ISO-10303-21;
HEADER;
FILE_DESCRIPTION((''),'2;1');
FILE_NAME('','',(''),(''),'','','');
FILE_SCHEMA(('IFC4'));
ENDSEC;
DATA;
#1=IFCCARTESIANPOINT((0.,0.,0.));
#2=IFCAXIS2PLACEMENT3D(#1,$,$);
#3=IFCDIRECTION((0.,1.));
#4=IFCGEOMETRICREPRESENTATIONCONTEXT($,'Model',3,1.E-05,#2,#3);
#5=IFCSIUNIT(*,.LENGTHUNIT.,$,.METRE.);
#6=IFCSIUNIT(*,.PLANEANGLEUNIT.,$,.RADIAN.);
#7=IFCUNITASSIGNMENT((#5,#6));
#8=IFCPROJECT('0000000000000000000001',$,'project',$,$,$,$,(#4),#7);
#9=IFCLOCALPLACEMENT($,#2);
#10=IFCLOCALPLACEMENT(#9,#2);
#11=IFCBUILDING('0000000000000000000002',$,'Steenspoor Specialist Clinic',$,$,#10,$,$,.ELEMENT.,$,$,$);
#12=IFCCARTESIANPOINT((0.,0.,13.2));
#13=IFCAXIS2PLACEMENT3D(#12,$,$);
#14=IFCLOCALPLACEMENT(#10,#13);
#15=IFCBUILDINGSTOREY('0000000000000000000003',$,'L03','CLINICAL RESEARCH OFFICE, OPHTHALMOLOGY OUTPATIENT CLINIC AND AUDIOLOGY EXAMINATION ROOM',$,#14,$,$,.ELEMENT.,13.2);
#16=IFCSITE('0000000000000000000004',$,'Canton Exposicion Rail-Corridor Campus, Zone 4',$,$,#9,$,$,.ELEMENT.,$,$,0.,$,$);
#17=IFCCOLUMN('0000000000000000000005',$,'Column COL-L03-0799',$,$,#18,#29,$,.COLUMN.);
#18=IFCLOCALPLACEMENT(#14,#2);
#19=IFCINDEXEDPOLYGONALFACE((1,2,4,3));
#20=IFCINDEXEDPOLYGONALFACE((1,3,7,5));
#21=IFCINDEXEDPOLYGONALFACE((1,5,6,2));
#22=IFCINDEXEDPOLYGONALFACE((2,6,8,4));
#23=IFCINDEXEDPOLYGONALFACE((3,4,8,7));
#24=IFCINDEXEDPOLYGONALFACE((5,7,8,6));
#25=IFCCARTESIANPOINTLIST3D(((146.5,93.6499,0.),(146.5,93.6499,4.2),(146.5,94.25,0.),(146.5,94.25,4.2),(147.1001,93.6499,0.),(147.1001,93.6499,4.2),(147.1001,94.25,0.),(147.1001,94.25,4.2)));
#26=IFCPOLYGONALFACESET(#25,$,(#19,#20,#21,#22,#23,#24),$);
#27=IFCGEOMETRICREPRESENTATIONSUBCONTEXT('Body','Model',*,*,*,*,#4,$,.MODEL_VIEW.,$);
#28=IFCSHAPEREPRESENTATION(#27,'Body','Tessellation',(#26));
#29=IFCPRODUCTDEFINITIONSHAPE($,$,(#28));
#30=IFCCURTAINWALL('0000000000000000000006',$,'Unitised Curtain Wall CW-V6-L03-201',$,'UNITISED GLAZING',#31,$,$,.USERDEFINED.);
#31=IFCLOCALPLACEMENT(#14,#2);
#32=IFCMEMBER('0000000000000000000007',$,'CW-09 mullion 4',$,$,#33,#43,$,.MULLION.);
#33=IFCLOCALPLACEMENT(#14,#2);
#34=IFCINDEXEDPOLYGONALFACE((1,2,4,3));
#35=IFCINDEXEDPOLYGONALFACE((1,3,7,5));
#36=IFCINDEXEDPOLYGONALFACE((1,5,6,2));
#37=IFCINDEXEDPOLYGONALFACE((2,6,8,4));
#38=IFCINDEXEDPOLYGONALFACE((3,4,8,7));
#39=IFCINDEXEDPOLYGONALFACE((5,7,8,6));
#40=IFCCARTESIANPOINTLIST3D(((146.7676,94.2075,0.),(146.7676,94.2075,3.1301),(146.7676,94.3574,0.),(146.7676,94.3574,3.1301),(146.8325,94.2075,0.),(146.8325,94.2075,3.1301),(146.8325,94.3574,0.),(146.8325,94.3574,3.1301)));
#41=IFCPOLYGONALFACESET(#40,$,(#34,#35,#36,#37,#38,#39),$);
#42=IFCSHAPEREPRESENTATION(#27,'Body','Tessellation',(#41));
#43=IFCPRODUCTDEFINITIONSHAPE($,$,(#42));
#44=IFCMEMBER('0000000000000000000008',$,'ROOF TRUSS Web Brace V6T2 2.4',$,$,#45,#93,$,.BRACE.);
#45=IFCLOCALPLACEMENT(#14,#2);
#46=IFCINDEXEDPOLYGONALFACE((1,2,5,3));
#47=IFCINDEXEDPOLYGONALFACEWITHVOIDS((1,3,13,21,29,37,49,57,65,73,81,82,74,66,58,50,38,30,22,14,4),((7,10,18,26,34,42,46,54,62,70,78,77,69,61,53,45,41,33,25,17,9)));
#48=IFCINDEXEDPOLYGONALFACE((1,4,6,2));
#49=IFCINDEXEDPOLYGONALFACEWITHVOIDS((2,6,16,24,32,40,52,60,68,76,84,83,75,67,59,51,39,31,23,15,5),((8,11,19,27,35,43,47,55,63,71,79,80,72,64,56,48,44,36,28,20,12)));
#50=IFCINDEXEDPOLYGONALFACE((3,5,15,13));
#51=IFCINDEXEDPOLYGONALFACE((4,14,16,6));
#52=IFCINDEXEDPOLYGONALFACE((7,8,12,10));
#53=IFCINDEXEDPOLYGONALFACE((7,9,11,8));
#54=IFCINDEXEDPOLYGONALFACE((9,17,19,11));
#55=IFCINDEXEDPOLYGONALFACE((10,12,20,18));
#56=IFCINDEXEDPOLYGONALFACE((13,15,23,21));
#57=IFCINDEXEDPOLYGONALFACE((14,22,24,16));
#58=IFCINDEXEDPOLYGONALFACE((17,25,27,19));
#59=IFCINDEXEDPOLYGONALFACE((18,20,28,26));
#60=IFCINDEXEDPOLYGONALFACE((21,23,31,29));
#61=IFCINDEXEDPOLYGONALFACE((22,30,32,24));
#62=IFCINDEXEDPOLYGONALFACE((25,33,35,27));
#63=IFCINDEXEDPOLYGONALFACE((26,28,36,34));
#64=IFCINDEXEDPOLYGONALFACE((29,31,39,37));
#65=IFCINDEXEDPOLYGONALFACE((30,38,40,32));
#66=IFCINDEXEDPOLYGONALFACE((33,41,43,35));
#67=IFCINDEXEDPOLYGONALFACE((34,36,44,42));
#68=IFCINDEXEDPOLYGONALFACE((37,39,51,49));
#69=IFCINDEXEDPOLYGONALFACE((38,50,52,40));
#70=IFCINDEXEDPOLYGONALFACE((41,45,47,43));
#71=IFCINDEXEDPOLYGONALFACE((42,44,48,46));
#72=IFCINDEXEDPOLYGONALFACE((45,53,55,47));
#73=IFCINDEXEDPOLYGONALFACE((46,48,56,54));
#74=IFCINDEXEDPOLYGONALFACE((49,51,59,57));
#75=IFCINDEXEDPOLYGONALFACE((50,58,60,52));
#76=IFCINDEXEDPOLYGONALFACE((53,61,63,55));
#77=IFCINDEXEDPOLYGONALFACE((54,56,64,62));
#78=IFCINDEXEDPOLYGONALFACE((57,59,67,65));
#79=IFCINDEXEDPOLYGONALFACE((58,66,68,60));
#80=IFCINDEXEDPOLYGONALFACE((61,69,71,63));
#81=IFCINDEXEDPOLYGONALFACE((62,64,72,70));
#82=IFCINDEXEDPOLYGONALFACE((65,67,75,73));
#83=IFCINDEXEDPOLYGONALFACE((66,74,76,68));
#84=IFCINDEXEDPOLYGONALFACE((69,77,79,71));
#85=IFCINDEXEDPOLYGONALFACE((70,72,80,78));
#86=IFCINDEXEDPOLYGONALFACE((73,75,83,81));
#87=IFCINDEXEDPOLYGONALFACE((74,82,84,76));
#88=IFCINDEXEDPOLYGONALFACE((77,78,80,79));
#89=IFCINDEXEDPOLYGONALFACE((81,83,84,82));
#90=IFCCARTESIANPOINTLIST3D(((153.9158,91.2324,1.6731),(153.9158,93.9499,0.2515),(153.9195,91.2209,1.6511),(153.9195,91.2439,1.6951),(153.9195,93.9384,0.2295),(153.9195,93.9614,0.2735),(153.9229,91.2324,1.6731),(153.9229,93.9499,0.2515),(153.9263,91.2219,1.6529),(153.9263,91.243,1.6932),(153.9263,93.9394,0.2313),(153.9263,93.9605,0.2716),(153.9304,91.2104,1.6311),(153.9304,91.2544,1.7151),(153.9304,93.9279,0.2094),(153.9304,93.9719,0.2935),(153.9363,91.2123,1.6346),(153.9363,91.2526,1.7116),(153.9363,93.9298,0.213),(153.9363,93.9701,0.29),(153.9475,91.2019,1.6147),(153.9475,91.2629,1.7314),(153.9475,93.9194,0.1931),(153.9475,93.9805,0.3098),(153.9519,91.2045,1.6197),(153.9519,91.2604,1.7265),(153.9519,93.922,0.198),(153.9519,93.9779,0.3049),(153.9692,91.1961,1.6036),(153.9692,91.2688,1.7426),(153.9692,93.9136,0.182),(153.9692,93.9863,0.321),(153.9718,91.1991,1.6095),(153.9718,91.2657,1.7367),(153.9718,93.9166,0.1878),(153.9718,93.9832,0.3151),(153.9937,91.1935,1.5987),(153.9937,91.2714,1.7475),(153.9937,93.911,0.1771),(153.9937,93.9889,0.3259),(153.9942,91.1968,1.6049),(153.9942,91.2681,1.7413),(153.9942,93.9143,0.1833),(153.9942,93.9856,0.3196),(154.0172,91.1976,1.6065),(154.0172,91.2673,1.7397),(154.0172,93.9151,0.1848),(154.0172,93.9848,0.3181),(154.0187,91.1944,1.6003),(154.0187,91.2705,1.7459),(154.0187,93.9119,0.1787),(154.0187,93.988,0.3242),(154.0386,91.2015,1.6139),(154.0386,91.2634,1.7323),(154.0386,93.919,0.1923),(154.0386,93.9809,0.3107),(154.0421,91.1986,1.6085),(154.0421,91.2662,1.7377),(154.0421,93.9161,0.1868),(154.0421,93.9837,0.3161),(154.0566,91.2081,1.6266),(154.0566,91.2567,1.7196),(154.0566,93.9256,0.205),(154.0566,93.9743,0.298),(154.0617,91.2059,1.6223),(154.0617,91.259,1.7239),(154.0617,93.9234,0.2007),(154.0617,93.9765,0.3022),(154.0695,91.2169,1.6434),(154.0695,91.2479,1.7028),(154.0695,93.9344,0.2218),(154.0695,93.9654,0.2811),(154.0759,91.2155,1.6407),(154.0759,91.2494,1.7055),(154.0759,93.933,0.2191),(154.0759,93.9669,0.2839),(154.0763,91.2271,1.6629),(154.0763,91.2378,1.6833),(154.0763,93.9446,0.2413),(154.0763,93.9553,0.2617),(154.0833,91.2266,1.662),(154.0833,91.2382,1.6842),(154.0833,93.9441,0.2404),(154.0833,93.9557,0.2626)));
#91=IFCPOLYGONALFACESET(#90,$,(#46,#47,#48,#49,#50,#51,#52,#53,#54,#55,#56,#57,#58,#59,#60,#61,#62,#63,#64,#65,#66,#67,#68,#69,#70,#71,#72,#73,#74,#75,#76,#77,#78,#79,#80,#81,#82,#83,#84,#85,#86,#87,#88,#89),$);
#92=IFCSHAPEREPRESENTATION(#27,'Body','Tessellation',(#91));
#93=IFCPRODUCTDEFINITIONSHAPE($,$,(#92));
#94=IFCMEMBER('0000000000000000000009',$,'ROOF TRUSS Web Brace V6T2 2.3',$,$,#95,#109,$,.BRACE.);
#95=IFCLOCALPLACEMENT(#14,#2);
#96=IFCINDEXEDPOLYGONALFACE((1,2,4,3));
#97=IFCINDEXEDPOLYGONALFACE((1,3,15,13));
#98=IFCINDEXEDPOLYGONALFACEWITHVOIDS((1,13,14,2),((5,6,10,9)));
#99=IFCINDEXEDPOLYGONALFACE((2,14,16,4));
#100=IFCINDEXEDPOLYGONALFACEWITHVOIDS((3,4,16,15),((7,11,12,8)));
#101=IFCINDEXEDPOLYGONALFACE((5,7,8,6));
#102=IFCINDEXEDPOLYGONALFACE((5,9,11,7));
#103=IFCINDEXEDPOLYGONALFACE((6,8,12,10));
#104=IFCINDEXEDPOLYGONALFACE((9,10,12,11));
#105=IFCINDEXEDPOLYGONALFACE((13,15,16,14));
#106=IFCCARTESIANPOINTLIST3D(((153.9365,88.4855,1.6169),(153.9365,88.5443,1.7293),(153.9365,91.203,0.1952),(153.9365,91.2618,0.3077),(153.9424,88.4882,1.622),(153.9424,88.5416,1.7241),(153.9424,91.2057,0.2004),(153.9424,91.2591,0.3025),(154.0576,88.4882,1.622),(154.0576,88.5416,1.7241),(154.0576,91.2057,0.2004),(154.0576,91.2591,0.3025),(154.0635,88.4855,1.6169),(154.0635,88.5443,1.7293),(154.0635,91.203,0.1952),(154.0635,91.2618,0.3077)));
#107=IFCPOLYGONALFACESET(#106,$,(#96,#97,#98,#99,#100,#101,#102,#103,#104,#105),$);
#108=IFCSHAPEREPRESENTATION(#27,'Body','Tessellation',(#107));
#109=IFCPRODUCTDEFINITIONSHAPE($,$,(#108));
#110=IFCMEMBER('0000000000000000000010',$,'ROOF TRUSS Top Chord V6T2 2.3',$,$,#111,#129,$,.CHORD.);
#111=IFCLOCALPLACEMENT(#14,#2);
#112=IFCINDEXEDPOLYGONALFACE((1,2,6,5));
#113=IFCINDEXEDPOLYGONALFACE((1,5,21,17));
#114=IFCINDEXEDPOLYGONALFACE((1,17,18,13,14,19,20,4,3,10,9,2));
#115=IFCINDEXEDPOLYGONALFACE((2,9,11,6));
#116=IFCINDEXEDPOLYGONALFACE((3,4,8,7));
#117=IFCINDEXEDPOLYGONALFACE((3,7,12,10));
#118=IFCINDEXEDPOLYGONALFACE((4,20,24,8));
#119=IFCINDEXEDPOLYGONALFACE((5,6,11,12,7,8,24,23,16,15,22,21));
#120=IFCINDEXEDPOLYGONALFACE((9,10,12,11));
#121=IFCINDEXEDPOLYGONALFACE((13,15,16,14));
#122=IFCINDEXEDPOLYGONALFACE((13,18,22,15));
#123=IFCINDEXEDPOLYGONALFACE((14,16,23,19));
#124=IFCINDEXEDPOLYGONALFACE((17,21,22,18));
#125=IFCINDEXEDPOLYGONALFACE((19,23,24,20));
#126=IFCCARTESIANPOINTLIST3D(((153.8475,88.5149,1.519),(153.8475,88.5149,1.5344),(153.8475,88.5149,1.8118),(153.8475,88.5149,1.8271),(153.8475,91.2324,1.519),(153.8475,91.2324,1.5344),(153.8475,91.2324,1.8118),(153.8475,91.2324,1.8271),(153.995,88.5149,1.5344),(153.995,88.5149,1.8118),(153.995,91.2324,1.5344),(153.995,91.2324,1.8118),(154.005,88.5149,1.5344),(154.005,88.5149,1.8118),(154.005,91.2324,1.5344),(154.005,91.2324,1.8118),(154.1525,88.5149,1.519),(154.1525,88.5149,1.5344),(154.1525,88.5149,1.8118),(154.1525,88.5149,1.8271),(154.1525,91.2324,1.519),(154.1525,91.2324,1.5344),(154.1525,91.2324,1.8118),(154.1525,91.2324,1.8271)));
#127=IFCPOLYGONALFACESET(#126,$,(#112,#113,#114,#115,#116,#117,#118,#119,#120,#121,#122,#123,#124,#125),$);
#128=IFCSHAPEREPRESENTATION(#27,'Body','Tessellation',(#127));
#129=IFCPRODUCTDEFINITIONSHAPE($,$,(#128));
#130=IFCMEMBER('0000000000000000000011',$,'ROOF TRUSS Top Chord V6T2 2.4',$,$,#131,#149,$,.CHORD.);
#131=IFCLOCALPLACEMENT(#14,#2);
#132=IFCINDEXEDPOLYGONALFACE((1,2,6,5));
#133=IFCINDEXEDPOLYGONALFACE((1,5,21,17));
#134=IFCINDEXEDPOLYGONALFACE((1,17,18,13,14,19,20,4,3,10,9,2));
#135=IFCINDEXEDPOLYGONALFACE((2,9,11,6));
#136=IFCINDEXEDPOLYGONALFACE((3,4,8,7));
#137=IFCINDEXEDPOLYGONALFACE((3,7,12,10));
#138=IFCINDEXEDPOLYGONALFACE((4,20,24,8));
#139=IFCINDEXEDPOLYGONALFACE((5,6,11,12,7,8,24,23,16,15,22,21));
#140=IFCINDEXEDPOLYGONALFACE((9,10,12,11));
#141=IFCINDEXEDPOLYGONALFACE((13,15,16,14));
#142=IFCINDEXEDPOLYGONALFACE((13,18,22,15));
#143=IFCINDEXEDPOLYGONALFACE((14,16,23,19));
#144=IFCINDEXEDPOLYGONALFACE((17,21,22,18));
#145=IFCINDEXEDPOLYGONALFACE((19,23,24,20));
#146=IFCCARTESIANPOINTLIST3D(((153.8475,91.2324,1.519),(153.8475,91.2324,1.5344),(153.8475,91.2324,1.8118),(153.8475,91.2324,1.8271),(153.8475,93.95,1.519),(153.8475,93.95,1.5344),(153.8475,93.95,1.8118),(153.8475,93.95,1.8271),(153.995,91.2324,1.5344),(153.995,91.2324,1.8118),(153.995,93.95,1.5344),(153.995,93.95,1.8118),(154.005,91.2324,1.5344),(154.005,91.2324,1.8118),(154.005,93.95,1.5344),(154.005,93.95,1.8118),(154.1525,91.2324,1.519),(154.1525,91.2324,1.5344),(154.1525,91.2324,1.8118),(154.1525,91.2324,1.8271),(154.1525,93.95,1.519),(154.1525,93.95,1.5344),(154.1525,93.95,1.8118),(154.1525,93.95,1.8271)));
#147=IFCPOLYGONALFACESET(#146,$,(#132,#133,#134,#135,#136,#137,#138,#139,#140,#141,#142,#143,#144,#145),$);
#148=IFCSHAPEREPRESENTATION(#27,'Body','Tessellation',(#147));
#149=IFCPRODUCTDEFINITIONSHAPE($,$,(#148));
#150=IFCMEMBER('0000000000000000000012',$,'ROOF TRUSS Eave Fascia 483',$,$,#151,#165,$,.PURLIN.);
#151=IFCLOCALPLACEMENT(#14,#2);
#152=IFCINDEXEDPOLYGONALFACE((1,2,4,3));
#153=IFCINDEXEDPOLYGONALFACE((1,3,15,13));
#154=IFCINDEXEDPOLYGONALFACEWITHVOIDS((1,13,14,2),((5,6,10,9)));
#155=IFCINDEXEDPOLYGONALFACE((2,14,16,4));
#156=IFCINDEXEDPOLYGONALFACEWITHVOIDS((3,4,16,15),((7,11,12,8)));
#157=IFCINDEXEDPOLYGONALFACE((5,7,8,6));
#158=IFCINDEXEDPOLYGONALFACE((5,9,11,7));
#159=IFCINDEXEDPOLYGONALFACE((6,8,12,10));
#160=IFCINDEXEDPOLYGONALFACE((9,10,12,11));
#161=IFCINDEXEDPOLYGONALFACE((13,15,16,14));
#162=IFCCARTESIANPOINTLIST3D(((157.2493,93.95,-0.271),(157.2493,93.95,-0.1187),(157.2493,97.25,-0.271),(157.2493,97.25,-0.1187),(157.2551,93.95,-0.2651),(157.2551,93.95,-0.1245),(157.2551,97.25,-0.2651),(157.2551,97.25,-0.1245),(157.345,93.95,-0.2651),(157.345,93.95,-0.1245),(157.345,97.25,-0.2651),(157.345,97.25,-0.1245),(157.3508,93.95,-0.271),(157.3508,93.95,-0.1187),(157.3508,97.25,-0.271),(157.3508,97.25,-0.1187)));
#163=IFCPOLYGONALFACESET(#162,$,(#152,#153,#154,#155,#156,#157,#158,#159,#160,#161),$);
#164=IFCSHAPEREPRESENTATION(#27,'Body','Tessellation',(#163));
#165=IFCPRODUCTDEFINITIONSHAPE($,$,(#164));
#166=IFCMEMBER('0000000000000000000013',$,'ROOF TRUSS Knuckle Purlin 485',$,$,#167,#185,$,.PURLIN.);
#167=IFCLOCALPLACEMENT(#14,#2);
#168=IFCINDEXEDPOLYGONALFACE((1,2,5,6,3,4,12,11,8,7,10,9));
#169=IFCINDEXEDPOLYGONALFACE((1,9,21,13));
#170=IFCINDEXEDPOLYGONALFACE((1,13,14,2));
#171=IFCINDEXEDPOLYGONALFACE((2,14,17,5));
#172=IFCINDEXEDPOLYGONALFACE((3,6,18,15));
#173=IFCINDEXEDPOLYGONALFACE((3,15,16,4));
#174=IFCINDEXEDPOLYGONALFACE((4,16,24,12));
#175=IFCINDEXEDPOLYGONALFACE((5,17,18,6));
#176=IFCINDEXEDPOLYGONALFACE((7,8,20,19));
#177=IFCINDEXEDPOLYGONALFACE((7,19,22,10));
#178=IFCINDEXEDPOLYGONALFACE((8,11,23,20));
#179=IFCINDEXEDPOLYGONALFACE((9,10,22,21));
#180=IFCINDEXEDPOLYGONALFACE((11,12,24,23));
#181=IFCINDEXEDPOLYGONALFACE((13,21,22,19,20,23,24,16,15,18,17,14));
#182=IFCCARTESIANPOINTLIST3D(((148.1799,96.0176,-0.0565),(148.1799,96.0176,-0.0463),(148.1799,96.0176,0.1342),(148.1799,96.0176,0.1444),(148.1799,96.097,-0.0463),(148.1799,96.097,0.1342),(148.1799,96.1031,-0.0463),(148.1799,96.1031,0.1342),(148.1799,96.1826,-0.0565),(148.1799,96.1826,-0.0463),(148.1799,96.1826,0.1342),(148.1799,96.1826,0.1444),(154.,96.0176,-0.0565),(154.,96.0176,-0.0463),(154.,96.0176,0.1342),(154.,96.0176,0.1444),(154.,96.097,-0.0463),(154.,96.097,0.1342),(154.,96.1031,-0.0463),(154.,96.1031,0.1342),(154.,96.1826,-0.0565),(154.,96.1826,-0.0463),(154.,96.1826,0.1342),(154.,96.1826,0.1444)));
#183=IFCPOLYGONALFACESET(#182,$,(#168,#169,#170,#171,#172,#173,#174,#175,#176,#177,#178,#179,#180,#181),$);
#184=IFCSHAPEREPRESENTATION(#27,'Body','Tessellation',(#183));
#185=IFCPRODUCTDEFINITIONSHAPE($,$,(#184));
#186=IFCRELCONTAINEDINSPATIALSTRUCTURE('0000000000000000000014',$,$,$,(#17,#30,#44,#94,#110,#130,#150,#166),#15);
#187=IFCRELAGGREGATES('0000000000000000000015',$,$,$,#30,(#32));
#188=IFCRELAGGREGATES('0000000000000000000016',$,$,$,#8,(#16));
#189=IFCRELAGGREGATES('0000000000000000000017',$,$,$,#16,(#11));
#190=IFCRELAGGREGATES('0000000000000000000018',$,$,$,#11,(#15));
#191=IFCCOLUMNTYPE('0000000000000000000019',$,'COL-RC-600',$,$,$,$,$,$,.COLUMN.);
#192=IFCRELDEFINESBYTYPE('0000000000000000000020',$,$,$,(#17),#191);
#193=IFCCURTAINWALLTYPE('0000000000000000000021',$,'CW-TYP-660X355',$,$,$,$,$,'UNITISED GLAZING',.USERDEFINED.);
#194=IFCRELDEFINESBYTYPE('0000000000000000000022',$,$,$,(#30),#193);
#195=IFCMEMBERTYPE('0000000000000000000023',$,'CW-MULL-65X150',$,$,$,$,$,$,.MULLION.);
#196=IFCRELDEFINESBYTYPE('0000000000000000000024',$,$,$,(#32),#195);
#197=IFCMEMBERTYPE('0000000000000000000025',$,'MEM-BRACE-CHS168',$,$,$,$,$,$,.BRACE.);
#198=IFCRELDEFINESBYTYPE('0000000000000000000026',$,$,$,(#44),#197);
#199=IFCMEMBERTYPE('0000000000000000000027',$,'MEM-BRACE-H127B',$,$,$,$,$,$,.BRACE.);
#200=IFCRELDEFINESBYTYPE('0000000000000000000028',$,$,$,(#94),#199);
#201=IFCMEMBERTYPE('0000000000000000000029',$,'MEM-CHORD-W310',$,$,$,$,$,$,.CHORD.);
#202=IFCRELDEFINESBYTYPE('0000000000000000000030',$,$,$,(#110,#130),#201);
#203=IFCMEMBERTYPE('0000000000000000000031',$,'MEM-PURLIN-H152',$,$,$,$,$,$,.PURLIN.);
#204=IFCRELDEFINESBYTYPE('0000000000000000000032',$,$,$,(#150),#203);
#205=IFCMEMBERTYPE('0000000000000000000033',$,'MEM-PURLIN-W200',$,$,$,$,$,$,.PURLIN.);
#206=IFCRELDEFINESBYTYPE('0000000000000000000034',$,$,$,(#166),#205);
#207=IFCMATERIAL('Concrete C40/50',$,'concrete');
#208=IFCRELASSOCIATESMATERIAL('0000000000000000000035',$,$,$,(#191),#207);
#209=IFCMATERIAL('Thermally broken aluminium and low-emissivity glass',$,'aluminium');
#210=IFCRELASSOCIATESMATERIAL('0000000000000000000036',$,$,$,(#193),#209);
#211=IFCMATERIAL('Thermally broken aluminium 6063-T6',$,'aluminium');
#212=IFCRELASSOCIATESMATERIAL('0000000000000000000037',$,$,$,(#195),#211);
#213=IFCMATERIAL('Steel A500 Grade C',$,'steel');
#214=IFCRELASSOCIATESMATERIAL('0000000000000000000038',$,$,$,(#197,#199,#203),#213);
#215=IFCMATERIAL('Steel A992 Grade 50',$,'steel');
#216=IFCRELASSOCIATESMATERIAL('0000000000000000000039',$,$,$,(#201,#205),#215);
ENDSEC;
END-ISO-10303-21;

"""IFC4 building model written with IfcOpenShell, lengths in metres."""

from ifc_helpers import new_model, si_unit, direction, frame, origin, origin_2d, place, context, subcontext, project, spatial, rectangle, hollow_rectangle, hollow_circle, i_section, extrude, material, material_profile, profile_set, type_object, element, aggregate, save


model = new_model("IFC4")

# Units and contexts
model_context = context("Model", 3, precision=1e-05, world=origin(), true_north=direction((0.0, 1.0)))
body_context = subcontext(model_context, "Body", "Model", "MODEL_VIEW")
ifc_project = project(units=[si_unit("LENGTHUNIT", "METRE"), si_unit("PLANEANGLEUNIT", "RADIAN")], contexts=[model_context])

# Site, building, storey
site_placement = place(None, origin())
site = spatial("IfcSite", under=ifc_project, at=site_placement, Name="Canton Exposicion Rail-Corridor Campus, Zone 4", CompositionType="ELEMENT", RefElevation=0.0)
building_placement = place(site_placement, origin())
building = spatial("IfcBuilding", under=site, at=building_placement, Name="Steenspoor Specialist Clinic", CompositionType="ELEMENT")
storey_placement = place(building_placement, frame((0.0, 0.0, 13.2)))
storey = spatial("IfcBuildingStorey", under=building, at=storey_placement, Name="L03", Description="CLINICAL RESEARCH OFFICE, OPHTHALMOLOGY OUTPATIENT CLINIC AND AUDIOLOGY EXAMINATION ROOM", CompositionType="ELEMENT", Elevation=13.2)

# Column
ifc_material_1 = material(Name="Concrete C40/50", Category="concrete")
ifc_material_profile_1 = material_profile(ifc_material_1, rectangle(XDim=0.6001, YDim=0.6001, at=origin_2d()), Name="RC-COL-600X600")
ifc_profile_set_1 = profile_set([ifc_material_profile_1], Name="Concrete C40/50")
column_type = type_object("IfcColumnType", Name="COL-RC-600", PredefinedType="COLUMN", material=ifc_profile_set_1)
column_placement = place(storey_placement, frame((146.8, 93.95, 0.0), z_axis=(0.0, 0.0, 1.0), x_axis=(1.0, 0.0, 0.0)))
element("IfcColumn", 1, at=column_placement, inside=storey, type_object=column_type, Name="Column COL-L03-0799", PredefinedType="COLUMN", context=body_context, shape_type="SweptSolid", body=[
    extrude(rectangle(XDim=0.6001, YDim=0.6001, at=origin_2d()), origin(), (0.0, 0.0, 1.0), 4.2),
])

# Curtain wall, member
ifc_material_2 = material(Name="Thermally broken aluminium and low-emissivity glass", Category="aluminium")
curtain_wall_type = type_object("IfcCurtainWallType", Name="CW-TYP-660X355", ElementType="UNITISED GLAZING", PredefinedType="USERDEFINED", material=ifc_material_2)
curtain_wall_placement = place(storey_placement, origin())
curtain_wall = element("IfcCurtainWall", 2, at=curtain_wall_placement, inside=storey, type_object=curtain_wall_type, Name="Unitised Curtain Wall CW-V6-L03-201", ObjectType="UNITISED GLAZING", PredefinedType="USERDEFINED")
ifc_material_3 = material(Name="Thermally broken aluminium 6063-T6", Category="aluminium")
ifc_material_profile_2 = material_profile(ifc_material_3, rectangle(XDim=0.0649, YDim=0.1499, at=origin_2d()), Name="CWM-65X150")
ifc_profile_set_2 = profile_set([ifc_material_profile_2], Name="Thermally broken aluminium 6063-T6")
member_type_1 = type_object("IfcMemberType", Name="CW-MULL-65X150", PredefinedType="MULLION", material=ifc_profile_set_2)
member_1_placement = place(storey_placement, frame((146.8, 94.2825, 0.0), z_axis=(0.0, 0.0, 1.0), x_axis=(1.0, 0.0, 0.0)))
member_1 = element("IfcMember", 3, at=member_1_placement, type_object=member_type_1, Name="CW-09 mullion 4", PredefinedType="MULLION", context=body_context, shape_type="SweptSolid", body=[
    extrude(rectangle(XDim=0.0649, YDim=0.1499, at=origin_2d()), origin(), (0.0, 0.0, 1.0), 3.1301),
])

# Members
ifc_material_4 = material(Name="Steel A500 Grade C", Category="steel")
ifc_material_profile_3 = material_profile(ifc_material_4, hollow_circle(Radius=0.0842, WallThickness=0.0071, at=origin_2d()), Name="CHS168X7.1")
ifc_profile_set_3 = profile_set([ifc_material_profile_3], Name="Steel A500 Grade C")
member_type_2 = type_object("IfcMemberType", Name="MEM-BRACE-CHS168", PredefinedType="BRACE", material=ifc_profile_set_3)
member_2_placement = place(storey_placement, frame((154.0, 91.2324, 1.6731), z_axis=(0.0, 0.886078, -0.463537), x_axis=(-1.0, 0.0, 0.0)))
element("IfcMember", 4, at=member_2_placement, inside=storey, type_object=member_type_2, Name="ROOF TRUSS Web Brace V6T2 2.4", PredefinedType="BRACE", context=body_context, shape_type="SweptSolid", body=[
    extrude(hollow_circle(Radius=0.0842, WallThickness=0.0071, at=origin_2d()), origin(), (0.0, 0.0, 1.0), 3.0669),
])
ifc_material_profile_4 = material_profile(ifc_material_4, hollow_rectangle(XDim=0.127, YDim=0.127, WallThickness=0.0059, at=origin_2d()), Name="HSS127X127X6.4")
ifc_profile_set_4 = profile_set([ifc_material_profile_4], Name="Steel A500 Grade C")
member_type_3 = type_object("IfcMemberType", Name="MEM-BRACE-H127B", PredefinedType="BRACE", material=ifc_profile_set_4)
member_3_placement = place(storey_placement, frame((154.0, 88.5149, 1.6731), z_axis=(0.0, 0.886078, -0.463537), x_axis=(-1.0, 0.0, 0.0)))
element("IfcMember", 5, at=member_3_placement, inside=storey, type_object=member_type_3, Name="ROOF TRUSS Web Brace V6T2 2.3", PredefinedType="BRACE", context=body_context, shape_type="SweptSolid", body=[
    extrude(hollow_rectangle(XDim=0.127, YDim=0.127, WallThickness=0.0059, at=origin_2d()), origin(), (0.0, 0.0, 1.0), 3.0669),
])
ifc_material_5 = material(Name="Steel A992 Grade 50", Category="steel")
ifc_material_profile_5 = material_profile(ifc_material_5, i_section(OverallWidth=0.3049, OverallDepth=0.3081, WebThickness=0.01, FlangeThickness=0.0154, at=origin_2d()), Name="W310X97")
ifc_profile_set_5 = profile_set([ifc_material_profile_5], Name="Steel A992 Grade 50")
member_type_4 = type_object("IfcMemberType", Name="MEM-CHORD-W310", PredefinedType="CHORD", material=ifc_profile_set_5)
for number, where, z_axis, x_axis, name in (
    (6, (154.0, 88.5149, 1.6731), (0.0, 1.0, 0.0), (-1.0, 0.0, 0.0), "ROOF TRUSS Top Chord V6T2 2.3"),
    (7, (154.0, 91.2324, 1.6731), (0.0, 1.0, 0.0), (-1.0, 0.0, 0.0), "ROOF TRUSS Top Chord V6T2 2.4"),
):
    element("IfcMember", number, at=place(storey_placement, frame(where, z_axis=z_axis, x_axis=x_axis)), inside=storey, type_object=member_type_4, Name=name, PredefinedType="CHORD", context=body_context, shape_type="SweptSolid", body=[
        extrude(i_section(OverallWidth=0.3049, OverallDepth=0.3081, WebThickness=0.01, FlangeThickness=0.0154, at=origin_2d()), origin(), (0.0, 0.0, 1.0), 2.7175),
    ])
ifc_material_profile_6 = material_profile(ifc_material_4, hollow_rectangle(XDim=0.1016, YDim=0.1523, WallThickness=0.0059, at=origin_2d()), Name="HSS152X102X6.4")
ifc_profile_set_6 = profile_set([ifc_material_profile_6], Name="Steel A500 Grade C")
member_type_5 = type_object("IfcMemberType", Name="MEM-PURLIN-H152", PredefinedType="PURLIN", material=ifc_profile_set_6)
member_4_placement = place(storey_placement, frame((157.3, 93.95, -0.1948), z_axis=(0.0, 1.0, 0.0), x_axis=(-1.0, 0.0, 0.0)))
element("IfcMember", 8, at=member_4_placement, inside=storey, type_object=member_type_5, Name="ROOF TRUSS Eave Fascia 483", PredefinedType="PURLIN", context=body_context, shape_type="SweptSolid", body=[
    extrude(hollow_rectangle(XDim=0.1016, YDim=0.1523, WallThickness=0.0059, at=origin_2d()), origin(), (0.0, 0.0, 1.0), 3.3),
])
ifc_material_profile_7 = material_profile(ifc_material_5, i_section(OverallWidth=0.165, OverallDepth=0.2009, WebThickness=0.0061, FlangeThickness=0.0103, at=origin_2d()), Name="W200X36")
ifc_profile_set_7 = profile_set([ifc_material_profile_7], Name="Steel A992 Grade 50")
member_type_6 = type_object("IfcMemberType", Name="MEM-PURLIN-W200", PredefinedType="PURLIN", material=ifc_profile_set_7)
member_5_placement = place(storey_placement, frame((148.1799, 96.1001, 0.0439), z_axis=(1.0, 0.0, 0.0), x_axis=(0.0, 1.0, 0.0)))
element("IfcMember", 9, at=member_5_placement, inside=storey, type_object=member_type_6, Name="ROOF TRUSS Knuckle Purlin 485", PredefinedType="PURLIN", context=body_context, shape_type="SweptSolid", body=[
    extrude(i_section(OverallWidth=0.165, OverallDepth=0.2009, WebThickness=0.0061, FlangeThickness=0.0103, at=origin_2d()), origin(), (0.0, 0.0, 1.0), 5.8201),
])

aggregate(curtain_wall, [member_1])

save(model, "model.ifc")
